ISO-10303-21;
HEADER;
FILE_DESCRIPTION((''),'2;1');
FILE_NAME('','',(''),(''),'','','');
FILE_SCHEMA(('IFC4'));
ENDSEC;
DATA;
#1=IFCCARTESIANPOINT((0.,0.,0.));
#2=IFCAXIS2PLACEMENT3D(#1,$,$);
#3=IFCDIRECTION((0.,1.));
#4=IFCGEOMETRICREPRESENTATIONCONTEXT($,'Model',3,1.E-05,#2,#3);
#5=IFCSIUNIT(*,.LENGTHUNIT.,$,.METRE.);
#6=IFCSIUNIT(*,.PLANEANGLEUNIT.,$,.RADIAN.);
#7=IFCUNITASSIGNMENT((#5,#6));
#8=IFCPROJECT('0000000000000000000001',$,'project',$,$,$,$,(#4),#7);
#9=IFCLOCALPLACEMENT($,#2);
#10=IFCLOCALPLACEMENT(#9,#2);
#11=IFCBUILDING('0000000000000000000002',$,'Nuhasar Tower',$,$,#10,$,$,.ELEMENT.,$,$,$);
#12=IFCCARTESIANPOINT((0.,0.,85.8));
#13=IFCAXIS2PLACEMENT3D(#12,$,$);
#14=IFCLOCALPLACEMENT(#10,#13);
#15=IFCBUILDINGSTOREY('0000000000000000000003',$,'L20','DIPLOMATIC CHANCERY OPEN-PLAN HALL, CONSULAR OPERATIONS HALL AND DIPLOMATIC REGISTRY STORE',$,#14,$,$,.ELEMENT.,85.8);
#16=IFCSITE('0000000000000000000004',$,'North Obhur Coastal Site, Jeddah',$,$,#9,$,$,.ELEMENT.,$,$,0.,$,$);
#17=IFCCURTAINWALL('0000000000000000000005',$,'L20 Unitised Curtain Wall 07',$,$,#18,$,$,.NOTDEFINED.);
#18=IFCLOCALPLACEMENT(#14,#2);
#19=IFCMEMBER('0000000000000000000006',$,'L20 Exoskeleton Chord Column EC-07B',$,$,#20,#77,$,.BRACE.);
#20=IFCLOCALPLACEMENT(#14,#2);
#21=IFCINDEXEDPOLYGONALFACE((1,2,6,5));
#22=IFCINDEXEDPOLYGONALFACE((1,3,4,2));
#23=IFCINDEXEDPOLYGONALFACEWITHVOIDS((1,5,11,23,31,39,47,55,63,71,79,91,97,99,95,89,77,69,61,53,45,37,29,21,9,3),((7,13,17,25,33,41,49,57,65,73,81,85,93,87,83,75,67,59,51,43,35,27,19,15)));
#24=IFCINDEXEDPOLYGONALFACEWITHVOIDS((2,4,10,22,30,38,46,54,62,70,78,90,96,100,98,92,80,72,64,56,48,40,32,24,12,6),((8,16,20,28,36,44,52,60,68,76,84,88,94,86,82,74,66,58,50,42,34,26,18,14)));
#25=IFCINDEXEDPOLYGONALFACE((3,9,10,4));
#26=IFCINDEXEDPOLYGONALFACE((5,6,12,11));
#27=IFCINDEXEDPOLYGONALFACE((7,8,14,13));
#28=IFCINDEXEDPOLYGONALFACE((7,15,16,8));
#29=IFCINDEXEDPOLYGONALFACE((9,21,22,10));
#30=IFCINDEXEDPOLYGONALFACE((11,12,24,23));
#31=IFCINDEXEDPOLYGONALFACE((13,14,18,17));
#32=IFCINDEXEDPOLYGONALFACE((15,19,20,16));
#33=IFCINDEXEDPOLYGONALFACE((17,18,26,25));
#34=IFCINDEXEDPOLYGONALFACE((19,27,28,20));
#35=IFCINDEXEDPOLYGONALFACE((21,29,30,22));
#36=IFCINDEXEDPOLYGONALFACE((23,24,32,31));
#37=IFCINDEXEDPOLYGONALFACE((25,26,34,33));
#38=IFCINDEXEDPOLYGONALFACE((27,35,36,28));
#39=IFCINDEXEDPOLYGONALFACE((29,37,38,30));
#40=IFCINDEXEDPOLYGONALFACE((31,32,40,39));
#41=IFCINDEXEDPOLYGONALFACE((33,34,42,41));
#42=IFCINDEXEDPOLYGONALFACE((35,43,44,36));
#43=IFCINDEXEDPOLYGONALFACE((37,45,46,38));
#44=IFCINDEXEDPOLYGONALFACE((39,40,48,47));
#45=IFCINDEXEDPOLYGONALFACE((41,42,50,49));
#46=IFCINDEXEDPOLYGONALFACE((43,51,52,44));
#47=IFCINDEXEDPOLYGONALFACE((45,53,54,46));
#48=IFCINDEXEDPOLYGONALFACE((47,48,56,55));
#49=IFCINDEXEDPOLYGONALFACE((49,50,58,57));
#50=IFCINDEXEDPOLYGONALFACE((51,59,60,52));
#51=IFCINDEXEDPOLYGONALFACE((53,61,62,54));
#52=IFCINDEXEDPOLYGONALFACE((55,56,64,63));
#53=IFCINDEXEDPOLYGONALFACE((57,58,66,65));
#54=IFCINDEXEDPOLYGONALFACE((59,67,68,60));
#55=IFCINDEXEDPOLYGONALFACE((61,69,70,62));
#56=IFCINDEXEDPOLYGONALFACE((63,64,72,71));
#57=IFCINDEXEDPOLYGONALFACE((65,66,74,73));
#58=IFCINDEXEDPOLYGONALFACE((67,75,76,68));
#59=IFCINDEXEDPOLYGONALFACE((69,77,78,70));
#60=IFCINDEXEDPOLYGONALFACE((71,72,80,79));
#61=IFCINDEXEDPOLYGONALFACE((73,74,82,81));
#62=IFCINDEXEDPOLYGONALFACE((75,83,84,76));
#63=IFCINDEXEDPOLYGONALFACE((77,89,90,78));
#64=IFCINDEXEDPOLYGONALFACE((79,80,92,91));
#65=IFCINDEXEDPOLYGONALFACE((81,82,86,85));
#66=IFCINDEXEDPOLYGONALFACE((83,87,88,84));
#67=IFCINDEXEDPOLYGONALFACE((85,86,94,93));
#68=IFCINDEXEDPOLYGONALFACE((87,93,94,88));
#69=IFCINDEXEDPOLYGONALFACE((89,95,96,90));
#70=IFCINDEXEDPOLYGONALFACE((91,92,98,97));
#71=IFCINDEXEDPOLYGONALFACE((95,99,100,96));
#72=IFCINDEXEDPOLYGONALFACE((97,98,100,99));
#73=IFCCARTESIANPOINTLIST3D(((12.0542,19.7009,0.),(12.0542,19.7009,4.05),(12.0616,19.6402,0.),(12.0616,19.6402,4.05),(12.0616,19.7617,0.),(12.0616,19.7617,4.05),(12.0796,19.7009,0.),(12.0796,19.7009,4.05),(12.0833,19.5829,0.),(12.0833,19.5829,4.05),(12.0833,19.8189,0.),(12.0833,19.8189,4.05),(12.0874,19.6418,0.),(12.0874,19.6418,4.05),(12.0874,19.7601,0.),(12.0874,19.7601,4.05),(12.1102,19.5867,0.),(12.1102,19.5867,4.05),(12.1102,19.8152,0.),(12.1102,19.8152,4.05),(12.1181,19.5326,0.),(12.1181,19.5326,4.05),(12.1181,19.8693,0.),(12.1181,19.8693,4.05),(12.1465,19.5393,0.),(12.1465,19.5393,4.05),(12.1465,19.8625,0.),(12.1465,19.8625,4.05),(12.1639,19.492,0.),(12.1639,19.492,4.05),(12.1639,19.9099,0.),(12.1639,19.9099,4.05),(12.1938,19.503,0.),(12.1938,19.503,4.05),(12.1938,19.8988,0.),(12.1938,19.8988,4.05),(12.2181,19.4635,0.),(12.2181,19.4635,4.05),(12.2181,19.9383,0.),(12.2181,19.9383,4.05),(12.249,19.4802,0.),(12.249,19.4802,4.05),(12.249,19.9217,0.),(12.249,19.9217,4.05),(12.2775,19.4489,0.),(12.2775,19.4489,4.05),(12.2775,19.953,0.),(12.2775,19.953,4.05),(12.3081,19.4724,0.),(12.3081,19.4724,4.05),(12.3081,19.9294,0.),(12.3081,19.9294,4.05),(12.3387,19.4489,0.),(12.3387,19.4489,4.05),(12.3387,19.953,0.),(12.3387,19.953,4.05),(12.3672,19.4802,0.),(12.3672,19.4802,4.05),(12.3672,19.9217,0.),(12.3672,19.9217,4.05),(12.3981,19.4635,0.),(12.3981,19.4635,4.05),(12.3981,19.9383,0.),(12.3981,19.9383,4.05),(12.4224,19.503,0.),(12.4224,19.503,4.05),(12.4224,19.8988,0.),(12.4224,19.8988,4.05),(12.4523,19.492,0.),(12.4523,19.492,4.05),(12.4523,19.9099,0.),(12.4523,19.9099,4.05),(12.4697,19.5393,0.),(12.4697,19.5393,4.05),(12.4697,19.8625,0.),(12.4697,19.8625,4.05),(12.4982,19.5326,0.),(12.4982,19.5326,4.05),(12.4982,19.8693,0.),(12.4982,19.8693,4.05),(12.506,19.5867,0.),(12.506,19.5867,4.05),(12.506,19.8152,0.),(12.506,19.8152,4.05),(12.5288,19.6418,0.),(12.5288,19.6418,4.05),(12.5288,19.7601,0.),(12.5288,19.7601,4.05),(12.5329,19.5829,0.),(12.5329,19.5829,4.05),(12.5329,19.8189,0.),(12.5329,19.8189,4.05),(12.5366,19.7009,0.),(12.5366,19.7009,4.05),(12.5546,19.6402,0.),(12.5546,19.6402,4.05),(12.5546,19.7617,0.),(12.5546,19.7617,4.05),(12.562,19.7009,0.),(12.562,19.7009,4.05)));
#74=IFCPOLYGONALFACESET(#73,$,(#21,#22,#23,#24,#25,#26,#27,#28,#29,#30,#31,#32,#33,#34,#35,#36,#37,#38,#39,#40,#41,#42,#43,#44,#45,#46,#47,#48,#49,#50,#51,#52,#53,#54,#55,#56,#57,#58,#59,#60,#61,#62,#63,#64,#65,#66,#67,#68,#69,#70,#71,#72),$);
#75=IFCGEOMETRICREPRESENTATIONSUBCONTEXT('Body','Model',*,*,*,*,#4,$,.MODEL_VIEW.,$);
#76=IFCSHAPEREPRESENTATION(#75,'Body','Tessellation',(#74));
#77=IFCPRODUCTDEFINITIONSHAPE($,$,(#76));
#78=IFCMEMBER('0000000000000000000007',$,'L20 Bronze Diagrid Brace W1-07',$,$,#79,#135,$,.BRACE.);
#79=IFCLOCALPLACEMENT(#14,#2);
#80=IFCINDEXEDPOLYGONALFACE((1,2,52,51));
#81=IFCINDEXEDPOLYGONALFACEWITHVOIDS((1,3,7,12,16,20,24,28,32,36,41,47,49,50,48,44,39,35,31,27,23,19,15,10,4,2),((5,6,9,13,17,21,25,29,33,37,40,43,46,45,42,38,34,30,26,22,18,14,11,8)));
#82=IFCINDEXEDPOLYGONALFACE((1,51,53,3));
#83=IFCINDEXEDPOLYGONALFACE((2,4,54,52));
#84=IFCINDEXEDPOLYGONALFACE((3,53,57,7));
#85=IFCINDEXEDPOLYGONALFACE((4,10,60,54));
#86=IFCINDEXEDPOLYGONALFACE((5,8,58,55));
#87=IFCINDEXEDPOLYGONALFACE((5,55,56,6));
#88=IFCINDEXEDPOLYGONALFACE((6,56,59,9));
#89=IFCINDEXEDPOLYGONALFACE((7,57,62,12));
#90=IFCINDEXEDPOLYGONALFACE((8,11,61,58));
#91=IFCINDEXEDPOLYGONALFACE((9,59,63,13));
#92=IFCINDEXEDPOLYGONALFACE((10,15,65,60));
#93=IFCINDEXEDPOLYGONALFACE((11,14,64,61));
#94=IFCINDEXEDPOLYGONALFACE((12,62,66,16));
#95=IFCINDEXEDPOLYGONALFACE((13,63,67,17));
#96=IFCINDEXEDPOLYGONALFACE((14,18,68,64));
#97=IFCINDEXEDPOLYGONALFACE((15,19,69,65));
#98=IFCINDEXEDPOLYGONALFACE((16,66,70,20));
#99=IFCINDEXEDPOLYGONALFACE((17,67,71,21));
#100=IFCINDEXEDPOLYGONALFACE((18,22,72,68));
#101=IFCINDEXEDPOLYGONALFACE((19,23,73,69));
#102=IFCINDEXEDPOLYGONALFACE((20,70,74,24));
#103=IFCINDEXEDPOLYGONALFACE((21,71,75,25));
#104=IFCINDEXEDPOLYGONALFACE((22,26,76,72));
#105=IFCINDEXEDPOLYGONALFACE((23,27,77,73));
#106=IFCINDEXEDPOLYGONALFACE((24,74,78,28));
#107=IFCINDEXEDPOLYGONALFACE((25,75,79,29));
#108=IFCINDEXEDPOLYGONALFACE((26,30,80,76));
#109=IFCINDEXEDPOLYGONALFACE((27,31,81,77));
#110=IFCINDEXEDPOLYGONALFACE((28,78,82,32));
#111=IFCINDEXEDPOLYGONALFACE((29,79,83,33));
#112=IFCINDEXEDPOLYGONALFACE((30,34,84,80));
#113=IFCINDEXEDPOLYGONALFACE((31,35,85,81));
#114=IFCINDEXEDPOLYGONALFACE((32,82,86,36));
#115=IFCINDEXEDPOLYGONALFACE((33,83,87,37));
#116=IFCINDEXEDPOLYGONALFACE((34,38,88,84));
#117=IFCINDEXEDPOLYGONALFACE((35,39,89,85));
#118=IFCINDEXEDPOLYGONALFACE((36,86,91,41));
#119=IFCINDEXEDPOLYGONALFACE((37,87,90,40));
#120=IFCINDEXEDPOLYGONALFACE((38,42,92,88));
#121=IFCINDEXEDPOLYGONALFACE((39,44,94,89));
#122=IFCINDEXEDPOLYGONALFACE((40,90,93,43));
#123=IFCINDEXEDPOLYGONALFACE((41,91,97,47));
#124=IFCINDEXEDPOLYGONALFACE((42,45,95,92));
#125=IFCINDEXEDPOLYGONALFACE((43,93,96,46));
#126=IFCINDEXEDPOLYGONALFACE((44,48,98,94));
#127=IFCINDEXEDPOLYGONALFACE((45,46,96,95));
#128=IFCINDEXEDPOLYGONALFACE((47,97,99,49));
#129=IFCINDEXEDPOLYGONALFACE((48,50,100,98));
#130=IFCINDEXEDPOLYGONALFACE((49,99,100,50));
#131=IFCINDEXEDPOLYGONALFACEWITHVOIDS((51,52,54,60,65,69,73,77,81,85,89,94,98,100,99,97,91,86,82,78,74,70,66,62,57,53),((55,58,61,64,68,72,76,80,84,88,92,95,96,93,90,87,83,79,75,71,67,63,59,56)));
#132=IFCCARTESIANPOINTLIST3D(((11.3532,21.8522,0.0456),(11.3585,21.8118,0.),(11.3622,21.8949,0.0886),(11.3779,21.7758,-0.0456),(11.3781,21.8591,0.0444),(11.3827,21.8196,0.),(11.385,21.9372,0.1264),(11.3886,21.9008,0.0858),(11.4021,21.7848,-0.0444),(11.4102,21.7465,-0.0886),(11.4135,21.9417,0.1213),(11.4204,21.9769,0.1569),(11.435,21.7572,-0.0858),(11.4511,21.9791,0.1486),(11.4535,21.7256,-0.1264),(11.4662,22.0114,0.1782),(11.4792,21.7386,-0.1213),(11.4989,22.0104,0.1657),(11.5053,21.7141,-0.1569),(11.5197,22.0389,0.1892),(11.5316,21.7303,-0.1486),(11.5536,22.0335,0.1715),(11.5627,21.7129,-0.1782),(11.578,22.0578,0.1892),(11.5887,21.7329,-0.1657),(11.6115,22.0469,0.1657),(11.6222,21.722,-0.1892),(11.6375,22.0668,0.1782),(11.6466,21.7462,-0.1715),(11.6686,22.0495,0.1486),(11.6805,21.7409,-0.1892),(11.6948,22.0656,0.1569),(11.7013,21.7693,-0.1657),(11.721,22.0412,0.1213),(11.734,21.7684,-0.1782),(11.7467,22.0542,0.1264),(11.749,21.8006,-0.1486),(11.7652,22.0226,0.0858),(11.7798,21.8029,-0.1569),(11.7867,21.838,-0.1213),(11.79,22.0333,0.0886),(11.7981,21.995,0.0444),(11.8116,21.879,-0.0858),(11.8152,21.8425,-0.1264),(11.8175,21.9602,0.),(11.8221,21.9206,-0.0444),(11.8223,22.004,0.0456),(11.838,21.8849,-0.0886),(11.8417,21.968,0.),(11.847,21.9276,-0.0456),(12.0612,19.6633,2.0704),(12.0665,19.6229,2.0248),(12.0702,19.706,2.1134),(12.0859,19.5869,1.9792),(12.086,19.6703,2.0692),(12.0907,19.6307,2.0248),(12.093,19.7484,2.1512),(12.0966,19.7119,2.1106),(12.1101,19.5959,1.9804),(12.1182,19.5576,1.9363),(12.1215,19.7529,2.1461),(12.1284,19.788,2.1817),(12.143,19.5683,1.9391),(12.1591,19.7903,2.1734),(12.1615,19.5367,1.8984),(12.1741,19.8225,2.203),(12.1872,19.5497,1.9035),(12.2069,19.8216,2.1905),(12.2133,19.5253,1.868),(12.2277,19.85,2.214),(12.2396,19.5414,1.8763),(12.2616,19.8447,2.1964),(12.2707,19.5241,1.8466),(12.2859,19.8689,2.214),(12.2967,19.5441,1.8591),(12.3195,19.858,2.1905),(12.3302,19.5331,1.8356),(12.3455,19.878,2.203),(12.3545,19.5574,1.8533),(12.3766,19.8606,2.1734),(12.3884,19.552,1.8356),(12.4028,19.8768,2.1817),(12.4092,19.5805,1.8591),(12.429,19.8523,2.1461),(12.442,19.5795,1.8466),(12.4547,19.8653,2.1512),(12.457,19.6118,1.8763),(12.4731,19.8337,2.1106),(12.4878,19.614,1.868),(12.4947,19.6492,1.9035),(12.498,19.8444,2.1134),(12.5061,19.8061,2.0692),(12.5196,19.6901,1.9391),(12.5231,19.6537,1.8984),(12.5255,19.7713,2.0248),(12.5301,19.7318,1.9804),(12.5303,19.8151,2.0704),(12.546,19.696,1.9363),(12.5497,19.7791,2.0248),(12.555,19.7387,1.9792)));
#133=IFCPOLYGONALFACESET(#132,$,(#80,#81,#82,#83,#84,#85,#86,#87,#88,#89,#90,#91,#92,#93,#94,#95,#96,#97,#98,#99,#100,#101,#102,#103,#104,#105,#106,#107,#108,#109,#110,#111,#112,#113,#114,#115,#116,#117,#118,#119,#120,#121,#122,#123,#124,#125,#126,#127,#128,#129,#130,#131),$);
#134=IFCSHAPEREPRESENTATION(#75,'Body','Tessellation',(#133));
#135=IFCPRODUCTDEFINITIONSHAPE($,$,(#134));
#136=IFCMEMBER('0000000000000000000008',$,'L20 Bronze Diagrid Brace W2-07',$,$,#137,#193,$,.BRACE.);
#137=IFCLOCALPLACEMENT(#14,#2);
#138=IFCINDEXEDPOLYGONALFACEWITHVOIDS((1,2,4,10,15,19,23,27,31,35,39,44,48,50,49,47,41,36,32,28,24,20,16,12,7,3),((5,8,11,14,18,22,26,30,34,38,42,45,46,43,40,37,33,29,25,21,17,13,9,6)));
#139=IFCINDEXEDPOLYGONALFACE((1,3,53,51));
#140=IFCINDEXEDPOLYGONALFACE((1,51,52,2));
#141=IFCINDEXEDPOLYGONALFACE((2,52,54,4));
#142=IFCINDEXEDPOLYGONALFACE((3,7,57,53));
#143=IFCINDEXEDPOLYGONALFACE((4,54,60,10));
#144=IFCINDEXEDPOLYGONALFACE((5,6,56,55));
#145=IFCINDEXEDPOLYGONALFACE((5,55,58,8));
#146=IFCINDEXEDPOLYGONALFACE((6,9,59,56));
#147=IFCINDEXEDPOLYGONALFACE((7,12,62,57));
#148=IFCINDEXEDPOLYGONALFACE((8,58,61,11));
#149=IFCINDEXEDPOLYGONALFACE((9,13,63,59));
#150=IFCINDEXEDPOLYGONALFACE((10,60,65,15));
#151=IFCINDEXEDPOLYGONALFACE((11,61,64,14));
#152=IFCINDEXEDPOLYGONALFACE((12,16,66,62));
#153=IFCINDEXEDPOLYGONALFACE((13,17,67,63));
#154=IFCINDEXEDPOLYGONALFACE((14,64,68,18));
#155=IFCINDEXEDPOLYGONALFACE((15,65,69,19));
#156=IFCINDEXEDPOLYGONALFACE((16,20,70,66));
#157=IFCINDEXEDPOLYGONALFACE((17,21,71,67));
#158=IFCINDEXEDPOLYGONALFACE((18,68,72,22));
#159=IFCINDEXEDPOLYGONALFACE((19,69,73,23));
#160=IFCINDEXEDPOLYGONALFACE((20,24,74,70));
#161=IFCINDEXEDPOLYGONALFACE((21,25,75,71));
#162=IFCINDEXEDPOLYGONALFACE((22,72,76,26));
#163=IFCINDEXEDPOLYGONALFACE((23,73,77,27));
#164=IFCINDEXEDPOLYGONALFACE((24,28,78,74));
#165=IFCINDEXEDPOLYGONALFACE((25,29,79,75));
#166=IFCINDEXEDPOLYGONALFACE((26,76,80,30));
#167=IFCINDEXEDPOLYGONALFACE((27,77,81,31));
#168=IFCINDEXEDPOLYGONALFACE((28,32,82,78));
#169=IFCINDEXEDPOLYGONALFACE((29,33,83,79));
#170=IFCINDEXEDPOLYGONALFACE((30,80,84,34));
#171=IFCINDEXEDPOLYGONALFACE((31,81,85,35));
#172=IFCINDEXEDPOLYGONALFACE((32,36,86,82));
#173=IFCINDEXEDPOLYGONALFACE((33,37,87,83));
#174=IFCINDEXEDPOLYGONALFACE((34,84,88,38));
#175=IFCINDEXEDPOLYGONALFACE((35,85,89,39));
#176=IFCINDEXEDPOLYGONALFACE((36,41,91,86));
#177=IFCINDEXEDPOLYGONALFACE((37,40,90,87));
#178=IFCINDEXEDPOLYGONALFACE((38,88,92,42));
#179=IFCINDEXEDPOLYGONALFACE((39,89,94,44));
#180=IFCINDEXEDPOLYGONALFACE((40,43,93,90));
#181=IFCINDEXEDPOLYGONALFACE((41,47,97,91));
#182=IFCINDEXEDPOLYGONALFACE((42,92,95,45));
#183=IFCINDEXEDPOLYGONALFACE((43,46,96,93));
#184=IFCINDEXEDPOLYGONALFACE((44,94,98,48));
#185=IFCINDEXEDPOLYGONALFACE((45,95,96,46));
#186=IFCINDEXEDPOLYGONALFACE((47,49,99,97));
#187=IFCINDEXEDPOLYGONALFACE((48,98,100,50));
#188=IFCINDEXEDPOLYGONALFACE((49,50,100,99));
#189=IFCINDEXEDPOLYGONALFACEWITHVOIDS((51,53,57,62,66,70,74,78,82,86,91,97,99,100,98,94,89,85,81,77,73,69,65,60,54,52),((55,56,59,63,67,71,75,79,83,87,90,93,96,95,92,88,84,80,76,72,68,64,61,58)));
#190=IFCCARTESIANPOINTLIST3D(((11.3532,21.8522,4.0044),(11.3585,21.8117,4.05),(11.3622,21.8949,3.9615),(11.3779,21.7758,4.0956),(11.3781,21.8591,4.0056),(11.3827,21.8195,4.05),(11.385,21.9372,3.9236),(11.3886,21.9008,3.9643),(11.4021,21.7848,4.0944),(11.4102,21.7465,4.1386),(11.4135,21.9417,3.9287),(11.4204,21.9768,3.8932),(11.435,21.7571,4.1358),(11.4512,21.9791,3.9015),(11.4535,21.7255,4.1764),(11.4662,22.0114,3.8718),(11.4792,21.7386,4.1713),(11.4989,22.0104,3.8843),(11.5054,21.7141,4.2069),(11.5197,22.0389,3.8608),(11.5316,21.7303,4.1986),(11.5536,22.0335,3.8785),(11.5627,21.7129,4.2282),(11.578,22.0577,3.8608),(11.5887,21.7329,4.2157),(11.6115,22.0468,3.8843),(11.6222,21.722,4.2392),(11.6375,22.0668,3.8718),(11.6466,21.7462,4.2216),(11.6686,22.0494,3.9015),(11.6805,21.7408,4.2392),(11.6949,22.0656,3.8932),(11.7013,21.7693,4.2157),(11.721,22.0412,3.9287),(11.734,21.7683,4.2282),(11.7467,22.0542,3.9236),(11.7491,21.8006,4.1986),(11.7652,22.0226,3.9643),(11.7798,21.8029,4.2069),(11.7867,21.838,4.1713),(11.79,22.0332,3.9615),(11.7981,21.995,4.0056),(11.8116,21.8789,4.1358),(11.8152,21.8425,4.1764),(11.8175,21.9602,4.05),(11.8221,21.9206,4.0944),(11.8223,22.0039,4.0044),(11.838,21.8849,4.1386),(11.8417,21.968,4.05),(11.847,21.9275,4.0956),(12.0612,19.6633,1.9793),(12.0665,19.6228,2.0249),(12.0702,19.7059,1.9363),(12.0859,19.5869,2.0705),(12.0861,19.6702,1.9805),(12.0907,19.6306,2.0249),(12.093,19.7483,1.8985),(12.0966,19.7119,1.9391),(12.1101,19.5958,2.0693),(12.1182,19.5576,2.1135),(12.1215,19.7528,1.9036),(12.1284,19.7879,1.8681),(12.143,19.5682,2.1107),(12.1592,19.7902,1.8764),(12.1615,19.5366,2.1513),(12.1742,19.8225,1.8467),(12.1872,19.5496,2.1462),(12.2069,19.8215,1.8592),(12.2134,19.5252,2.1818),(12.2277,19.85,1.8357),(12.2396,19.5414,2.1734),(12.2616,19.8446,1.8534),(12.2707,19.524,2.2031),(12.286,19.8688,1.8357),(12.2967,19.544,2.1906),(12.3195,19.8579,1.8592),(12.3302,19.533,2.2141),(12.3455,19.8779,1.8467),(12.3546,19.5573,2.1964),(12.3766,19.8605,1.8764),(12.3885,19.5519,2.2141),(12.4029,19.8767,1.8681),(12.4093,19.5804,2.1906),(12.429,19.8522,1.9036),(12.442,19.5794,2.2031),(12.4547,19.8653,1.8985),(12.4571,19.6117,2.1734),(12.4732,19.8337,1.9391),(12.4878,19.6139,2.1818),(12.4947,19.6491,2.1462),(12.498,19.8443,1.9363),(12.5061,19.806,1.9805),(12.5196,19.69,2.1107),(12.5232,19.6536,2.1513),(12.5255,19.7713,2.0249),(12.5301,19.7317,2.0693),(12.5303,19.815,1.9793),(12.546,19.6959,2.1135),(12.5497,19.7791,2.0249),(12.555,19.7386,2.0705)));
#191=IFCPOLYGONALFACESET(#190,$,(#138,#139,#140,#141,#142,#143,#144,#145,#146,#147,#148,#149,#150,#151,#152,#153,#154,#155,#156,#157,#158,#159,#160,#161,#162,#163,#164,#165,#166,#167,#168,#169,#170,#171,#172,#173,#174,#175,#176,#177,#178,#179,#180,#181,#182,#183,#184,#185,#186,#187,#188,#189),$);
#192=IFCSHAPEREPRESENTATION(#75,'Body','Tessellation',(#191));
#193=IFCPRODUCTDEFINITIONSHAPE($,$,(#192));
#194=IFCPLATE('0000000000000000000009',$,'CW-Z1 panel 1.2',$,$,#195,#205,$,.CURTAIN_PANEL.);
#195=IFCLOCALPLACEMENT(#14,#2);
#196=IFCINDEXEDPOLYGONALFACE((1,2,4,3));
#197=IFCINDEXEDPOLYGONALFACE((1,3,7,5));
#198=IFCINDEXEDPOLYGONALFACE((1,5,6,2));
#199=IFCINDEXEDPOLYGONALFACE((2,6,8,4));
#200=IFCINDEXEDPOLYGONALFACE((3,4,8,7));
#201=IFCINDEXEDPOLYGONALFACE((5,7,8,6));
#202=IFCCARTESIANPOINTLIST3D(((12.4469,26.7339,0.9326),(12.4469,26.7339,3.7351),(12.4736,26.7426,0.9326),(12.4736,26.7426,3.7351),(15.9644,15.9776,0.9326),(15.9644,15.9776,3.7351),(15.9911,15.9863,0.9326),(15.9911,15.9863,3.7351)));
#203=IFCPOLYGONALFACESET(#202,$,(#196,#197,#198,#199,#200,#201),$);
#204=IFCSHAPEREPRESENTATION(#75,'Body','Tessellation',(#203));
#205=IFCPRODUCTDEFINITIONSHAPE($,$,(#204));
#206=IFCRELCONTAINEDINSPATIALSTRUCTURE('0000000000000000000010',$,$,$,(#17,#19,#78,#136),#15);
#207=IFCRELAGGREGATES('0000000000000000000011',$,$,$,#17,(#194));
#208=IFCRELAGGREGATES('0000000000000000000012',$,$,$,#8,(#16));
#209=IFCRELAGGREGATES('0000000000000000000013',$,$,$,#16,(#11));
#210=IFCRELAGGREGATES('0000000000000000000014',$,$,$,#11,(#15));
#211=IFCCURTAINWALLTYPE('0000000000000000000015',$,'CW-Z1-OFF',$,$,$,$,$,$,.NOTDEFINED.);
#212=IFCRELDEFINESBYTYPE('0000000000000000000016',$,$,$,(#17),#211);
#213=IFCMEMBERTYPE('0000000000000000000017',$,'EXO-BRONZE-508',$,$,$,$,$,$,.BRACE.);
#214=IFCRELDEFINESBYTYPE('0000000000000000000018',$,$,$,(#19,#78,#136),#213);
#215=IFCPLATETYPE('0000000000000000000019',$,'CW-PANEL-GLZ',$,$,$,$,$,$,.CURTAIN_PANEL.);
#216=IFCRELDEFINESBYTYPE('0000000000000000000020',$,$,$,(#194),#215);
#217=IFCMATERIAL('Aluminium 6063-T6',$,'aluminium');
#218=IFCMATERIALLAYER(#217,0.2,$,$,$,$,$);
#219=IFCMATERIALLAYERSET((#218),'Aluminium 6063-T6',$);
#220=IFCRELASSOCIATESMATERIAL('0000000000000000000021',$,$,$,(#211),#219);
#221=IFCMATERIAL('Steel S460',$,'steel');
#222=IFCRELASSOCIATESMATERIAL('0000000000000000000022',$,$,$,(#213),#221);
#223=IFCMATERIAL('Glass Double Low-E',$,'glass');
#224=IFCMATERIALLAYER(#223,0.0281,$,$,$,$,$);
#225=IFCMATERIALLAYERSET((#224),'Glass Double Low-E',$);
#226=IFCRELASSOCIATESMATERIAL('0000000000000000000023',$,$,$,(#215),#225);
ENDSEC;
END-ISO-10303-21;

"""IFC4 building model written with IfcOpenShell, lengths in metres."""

from ifc_helpers import new_model, si_unit, direction, frame, origin, origin_2d, place, context, subcontext, project, spatial, rectangle, hollow_circle, extrude, material, layer, layer_set, material_profile, profile_set, type_object, element, aggregate, save


model = new_model("IFC4")

# Units and contexts
model_context = context("Model", 3, precision=1e-05, world=origin(), true_north=direction((0.0, 1.0)))
body_context = subcontext(model_context, "Body", "Model", "MODEL_VIEW")
ifc_project = project(units=[si_unit("LENGTHUNIT", "METRE"), si_unit("PLANEANGLEUNIT", "RADIAN")], contexts=[model_context])

# Site, building, storey
site_placement = place(None, origin())
site = spatial("IfcSite", under=ifc_project, at=site_placement, Name="North Obhur Coastal Site, Jeddah", CompositionType="ELEMENT", RefElevation=0.0)
building_placement = place(site_placement, origin())
building = spatial("IfcBuilding", under=site, at=building_placement, Name="Nuhasar Tower", CompositionType="ELEMENT")
storey_placement = place(building_placement, frame((0.0, 0.0, 85.8)))
storey = spatial("IfcBuildingStorey", under=building, at=storey_placement, Name="L20", Description="DIPLOMATIC CHANCERY OPEN-PLAN HALL, CONSULAR OPERATIONS HALL AND DIPLOMATIC REGISTRY STORE", CompositionType="ELEMENT", Elevation=85.8)

# Curtain wall
ifc_material_1 = material(Name="Aluminium 6063-T6", Category="aluminium")
ifc_layer_1 = layer(ifc_material_1, 0.2)
ifc_layer_set_1 = layer_set([ifc_layer_1], Name="Aluminium 6063-T6")
curtain_wall_type = type_object("IfcCurtainWallType", Name="CW-Z1-OFF", PredefinedType="NOTDEFINED", material=ifc_layer_set_1)
curtain_wall_1_placement = place(storey_placement, origin())
curtain_wall_1 = element("IfcCurtainWall", 1, at=curtain_wall_1_placement, inside=storey, type_object=curtain_wall_type, Name="L20 Unitised Curtain Wall 07", PredefinedType="NOTDEFINED")

# Members
ifc_material_2 = material(Name="Steel S460", Category="steel")
ifc_material_profile_1 = material_profile(ifc_material_2, hollow_circle(Radius=0.2539, WallThickness=0.0254, at=origin_2d()), Name="HSS508X25.4")
ifc_profile_set_1 = profile_set([ifc_material_profile_1], Name="Steel S460")
member_type_1 = type_object("IfcMemberType", Name="EXO-BRONZE-508", PredefinedType="BRACE", material=ifc_profile_set_1)
for number, where, z_axis, x_axis, name in (
    (2, (12.3081, 19.7009, 0.0), (0.0, 0.0, 1.0), (1.0, 0.0, 0.0), "L20 Exoskeleton Chord Column EC-07B"),
):
    element("IfcMember", number, at=place(storey_placement, frame(where, z_axis=z_axis, x_axis=x_axis)), inside=storey, type_object=member_type_1, Name=name, PredefinedType="BRACE", context=body_context, shape_type="SweptSolid", body=[
        extrude(hollow_circle(Radius=0.2539, WallThickness=0.0254, at=origin_2d()), origin(), (0.0, 0.0, 1.0), 4.05),
    ])
member_1_placement = place(storey_placement, frame((11.6001, 21.8899, 0.0), z_axis=(0.231012, -0.714225, 0.660694), x_axis=(0.951468, 0.307747, 0.0)))
element("IfcMember", 3, at=member_1_placement, inside=storey, type_object=member_type_1, Name="L20 Bronze Diagrid Brace W1-07", PredefinedType="BRACE", context=body_context, shape_type="SweptSolid", body=[
    extrude(hollow_circle(Radius=0.2539, WallThickness=0.0254, at=origin_2d()), origin(), (0.0, 0.0, 1.0), 3.0647),
])
member_2_placement = place(storey_placement, frame((12.3081, 19.7009, 2.0249), z_axis=(-0.231, 0.714187, 0.660739), x_axis=(-0.951468, -0.307747, 0.0)))
element("IfcMember", 4, at=member_2_placement, inside=storey, type_object=member_type_1, Name="L20 Bronze Diagrid Brace W2-07", PredefinedType="BRACE", context=body_context, shape_type="SweptSolid", body=[
    extrude(hollow_circle(Radius=0.2539, WallThickness=0.0254, at=origin_2d()), origin(), (0.0, 0.0, 1.0), 3.0649),
])

# Plate
ifc_material_3 = material(Name="Glass Double Low-E", Category="glass")
ifc_layer_2 = layer(ifc_material_3, 0.0281)
ifc_layer_set_2 = layer_set([ifc_layer_2], Name="Glass Double Low-E")
plate_type_1 = type_object("IfcPlateType", Name="CW-PANEL-GLZ", PredefinedType="CURTAIN_PANEL", material=ifc_layer_set_2)
plate_1_placement = place(storey_placement, frame((14.219, 21.3601, 0.9326), z_axis=(0.0, 0.0, 1.0), x_axis=(0.310824, -0.950468, 0.0)))
plate_1 = element("IfcPlate", 5, at=plate_1_placement, type_object=plate_type_1, Name="CW-Z1 panel 1.2", PredefinedType="CURTAIN_PANEL", context=body_context, shape_type="SweptSolid", body=[
    extrude(rectangle(XDim=11.3169, YDim=0.0281, at=origin_2d()), origin(), (0.0, 0.0, 1.0), 2.8025),
])
aggregate(curtain_wall_1, [plate_1])

save(model, "model.ifc")
